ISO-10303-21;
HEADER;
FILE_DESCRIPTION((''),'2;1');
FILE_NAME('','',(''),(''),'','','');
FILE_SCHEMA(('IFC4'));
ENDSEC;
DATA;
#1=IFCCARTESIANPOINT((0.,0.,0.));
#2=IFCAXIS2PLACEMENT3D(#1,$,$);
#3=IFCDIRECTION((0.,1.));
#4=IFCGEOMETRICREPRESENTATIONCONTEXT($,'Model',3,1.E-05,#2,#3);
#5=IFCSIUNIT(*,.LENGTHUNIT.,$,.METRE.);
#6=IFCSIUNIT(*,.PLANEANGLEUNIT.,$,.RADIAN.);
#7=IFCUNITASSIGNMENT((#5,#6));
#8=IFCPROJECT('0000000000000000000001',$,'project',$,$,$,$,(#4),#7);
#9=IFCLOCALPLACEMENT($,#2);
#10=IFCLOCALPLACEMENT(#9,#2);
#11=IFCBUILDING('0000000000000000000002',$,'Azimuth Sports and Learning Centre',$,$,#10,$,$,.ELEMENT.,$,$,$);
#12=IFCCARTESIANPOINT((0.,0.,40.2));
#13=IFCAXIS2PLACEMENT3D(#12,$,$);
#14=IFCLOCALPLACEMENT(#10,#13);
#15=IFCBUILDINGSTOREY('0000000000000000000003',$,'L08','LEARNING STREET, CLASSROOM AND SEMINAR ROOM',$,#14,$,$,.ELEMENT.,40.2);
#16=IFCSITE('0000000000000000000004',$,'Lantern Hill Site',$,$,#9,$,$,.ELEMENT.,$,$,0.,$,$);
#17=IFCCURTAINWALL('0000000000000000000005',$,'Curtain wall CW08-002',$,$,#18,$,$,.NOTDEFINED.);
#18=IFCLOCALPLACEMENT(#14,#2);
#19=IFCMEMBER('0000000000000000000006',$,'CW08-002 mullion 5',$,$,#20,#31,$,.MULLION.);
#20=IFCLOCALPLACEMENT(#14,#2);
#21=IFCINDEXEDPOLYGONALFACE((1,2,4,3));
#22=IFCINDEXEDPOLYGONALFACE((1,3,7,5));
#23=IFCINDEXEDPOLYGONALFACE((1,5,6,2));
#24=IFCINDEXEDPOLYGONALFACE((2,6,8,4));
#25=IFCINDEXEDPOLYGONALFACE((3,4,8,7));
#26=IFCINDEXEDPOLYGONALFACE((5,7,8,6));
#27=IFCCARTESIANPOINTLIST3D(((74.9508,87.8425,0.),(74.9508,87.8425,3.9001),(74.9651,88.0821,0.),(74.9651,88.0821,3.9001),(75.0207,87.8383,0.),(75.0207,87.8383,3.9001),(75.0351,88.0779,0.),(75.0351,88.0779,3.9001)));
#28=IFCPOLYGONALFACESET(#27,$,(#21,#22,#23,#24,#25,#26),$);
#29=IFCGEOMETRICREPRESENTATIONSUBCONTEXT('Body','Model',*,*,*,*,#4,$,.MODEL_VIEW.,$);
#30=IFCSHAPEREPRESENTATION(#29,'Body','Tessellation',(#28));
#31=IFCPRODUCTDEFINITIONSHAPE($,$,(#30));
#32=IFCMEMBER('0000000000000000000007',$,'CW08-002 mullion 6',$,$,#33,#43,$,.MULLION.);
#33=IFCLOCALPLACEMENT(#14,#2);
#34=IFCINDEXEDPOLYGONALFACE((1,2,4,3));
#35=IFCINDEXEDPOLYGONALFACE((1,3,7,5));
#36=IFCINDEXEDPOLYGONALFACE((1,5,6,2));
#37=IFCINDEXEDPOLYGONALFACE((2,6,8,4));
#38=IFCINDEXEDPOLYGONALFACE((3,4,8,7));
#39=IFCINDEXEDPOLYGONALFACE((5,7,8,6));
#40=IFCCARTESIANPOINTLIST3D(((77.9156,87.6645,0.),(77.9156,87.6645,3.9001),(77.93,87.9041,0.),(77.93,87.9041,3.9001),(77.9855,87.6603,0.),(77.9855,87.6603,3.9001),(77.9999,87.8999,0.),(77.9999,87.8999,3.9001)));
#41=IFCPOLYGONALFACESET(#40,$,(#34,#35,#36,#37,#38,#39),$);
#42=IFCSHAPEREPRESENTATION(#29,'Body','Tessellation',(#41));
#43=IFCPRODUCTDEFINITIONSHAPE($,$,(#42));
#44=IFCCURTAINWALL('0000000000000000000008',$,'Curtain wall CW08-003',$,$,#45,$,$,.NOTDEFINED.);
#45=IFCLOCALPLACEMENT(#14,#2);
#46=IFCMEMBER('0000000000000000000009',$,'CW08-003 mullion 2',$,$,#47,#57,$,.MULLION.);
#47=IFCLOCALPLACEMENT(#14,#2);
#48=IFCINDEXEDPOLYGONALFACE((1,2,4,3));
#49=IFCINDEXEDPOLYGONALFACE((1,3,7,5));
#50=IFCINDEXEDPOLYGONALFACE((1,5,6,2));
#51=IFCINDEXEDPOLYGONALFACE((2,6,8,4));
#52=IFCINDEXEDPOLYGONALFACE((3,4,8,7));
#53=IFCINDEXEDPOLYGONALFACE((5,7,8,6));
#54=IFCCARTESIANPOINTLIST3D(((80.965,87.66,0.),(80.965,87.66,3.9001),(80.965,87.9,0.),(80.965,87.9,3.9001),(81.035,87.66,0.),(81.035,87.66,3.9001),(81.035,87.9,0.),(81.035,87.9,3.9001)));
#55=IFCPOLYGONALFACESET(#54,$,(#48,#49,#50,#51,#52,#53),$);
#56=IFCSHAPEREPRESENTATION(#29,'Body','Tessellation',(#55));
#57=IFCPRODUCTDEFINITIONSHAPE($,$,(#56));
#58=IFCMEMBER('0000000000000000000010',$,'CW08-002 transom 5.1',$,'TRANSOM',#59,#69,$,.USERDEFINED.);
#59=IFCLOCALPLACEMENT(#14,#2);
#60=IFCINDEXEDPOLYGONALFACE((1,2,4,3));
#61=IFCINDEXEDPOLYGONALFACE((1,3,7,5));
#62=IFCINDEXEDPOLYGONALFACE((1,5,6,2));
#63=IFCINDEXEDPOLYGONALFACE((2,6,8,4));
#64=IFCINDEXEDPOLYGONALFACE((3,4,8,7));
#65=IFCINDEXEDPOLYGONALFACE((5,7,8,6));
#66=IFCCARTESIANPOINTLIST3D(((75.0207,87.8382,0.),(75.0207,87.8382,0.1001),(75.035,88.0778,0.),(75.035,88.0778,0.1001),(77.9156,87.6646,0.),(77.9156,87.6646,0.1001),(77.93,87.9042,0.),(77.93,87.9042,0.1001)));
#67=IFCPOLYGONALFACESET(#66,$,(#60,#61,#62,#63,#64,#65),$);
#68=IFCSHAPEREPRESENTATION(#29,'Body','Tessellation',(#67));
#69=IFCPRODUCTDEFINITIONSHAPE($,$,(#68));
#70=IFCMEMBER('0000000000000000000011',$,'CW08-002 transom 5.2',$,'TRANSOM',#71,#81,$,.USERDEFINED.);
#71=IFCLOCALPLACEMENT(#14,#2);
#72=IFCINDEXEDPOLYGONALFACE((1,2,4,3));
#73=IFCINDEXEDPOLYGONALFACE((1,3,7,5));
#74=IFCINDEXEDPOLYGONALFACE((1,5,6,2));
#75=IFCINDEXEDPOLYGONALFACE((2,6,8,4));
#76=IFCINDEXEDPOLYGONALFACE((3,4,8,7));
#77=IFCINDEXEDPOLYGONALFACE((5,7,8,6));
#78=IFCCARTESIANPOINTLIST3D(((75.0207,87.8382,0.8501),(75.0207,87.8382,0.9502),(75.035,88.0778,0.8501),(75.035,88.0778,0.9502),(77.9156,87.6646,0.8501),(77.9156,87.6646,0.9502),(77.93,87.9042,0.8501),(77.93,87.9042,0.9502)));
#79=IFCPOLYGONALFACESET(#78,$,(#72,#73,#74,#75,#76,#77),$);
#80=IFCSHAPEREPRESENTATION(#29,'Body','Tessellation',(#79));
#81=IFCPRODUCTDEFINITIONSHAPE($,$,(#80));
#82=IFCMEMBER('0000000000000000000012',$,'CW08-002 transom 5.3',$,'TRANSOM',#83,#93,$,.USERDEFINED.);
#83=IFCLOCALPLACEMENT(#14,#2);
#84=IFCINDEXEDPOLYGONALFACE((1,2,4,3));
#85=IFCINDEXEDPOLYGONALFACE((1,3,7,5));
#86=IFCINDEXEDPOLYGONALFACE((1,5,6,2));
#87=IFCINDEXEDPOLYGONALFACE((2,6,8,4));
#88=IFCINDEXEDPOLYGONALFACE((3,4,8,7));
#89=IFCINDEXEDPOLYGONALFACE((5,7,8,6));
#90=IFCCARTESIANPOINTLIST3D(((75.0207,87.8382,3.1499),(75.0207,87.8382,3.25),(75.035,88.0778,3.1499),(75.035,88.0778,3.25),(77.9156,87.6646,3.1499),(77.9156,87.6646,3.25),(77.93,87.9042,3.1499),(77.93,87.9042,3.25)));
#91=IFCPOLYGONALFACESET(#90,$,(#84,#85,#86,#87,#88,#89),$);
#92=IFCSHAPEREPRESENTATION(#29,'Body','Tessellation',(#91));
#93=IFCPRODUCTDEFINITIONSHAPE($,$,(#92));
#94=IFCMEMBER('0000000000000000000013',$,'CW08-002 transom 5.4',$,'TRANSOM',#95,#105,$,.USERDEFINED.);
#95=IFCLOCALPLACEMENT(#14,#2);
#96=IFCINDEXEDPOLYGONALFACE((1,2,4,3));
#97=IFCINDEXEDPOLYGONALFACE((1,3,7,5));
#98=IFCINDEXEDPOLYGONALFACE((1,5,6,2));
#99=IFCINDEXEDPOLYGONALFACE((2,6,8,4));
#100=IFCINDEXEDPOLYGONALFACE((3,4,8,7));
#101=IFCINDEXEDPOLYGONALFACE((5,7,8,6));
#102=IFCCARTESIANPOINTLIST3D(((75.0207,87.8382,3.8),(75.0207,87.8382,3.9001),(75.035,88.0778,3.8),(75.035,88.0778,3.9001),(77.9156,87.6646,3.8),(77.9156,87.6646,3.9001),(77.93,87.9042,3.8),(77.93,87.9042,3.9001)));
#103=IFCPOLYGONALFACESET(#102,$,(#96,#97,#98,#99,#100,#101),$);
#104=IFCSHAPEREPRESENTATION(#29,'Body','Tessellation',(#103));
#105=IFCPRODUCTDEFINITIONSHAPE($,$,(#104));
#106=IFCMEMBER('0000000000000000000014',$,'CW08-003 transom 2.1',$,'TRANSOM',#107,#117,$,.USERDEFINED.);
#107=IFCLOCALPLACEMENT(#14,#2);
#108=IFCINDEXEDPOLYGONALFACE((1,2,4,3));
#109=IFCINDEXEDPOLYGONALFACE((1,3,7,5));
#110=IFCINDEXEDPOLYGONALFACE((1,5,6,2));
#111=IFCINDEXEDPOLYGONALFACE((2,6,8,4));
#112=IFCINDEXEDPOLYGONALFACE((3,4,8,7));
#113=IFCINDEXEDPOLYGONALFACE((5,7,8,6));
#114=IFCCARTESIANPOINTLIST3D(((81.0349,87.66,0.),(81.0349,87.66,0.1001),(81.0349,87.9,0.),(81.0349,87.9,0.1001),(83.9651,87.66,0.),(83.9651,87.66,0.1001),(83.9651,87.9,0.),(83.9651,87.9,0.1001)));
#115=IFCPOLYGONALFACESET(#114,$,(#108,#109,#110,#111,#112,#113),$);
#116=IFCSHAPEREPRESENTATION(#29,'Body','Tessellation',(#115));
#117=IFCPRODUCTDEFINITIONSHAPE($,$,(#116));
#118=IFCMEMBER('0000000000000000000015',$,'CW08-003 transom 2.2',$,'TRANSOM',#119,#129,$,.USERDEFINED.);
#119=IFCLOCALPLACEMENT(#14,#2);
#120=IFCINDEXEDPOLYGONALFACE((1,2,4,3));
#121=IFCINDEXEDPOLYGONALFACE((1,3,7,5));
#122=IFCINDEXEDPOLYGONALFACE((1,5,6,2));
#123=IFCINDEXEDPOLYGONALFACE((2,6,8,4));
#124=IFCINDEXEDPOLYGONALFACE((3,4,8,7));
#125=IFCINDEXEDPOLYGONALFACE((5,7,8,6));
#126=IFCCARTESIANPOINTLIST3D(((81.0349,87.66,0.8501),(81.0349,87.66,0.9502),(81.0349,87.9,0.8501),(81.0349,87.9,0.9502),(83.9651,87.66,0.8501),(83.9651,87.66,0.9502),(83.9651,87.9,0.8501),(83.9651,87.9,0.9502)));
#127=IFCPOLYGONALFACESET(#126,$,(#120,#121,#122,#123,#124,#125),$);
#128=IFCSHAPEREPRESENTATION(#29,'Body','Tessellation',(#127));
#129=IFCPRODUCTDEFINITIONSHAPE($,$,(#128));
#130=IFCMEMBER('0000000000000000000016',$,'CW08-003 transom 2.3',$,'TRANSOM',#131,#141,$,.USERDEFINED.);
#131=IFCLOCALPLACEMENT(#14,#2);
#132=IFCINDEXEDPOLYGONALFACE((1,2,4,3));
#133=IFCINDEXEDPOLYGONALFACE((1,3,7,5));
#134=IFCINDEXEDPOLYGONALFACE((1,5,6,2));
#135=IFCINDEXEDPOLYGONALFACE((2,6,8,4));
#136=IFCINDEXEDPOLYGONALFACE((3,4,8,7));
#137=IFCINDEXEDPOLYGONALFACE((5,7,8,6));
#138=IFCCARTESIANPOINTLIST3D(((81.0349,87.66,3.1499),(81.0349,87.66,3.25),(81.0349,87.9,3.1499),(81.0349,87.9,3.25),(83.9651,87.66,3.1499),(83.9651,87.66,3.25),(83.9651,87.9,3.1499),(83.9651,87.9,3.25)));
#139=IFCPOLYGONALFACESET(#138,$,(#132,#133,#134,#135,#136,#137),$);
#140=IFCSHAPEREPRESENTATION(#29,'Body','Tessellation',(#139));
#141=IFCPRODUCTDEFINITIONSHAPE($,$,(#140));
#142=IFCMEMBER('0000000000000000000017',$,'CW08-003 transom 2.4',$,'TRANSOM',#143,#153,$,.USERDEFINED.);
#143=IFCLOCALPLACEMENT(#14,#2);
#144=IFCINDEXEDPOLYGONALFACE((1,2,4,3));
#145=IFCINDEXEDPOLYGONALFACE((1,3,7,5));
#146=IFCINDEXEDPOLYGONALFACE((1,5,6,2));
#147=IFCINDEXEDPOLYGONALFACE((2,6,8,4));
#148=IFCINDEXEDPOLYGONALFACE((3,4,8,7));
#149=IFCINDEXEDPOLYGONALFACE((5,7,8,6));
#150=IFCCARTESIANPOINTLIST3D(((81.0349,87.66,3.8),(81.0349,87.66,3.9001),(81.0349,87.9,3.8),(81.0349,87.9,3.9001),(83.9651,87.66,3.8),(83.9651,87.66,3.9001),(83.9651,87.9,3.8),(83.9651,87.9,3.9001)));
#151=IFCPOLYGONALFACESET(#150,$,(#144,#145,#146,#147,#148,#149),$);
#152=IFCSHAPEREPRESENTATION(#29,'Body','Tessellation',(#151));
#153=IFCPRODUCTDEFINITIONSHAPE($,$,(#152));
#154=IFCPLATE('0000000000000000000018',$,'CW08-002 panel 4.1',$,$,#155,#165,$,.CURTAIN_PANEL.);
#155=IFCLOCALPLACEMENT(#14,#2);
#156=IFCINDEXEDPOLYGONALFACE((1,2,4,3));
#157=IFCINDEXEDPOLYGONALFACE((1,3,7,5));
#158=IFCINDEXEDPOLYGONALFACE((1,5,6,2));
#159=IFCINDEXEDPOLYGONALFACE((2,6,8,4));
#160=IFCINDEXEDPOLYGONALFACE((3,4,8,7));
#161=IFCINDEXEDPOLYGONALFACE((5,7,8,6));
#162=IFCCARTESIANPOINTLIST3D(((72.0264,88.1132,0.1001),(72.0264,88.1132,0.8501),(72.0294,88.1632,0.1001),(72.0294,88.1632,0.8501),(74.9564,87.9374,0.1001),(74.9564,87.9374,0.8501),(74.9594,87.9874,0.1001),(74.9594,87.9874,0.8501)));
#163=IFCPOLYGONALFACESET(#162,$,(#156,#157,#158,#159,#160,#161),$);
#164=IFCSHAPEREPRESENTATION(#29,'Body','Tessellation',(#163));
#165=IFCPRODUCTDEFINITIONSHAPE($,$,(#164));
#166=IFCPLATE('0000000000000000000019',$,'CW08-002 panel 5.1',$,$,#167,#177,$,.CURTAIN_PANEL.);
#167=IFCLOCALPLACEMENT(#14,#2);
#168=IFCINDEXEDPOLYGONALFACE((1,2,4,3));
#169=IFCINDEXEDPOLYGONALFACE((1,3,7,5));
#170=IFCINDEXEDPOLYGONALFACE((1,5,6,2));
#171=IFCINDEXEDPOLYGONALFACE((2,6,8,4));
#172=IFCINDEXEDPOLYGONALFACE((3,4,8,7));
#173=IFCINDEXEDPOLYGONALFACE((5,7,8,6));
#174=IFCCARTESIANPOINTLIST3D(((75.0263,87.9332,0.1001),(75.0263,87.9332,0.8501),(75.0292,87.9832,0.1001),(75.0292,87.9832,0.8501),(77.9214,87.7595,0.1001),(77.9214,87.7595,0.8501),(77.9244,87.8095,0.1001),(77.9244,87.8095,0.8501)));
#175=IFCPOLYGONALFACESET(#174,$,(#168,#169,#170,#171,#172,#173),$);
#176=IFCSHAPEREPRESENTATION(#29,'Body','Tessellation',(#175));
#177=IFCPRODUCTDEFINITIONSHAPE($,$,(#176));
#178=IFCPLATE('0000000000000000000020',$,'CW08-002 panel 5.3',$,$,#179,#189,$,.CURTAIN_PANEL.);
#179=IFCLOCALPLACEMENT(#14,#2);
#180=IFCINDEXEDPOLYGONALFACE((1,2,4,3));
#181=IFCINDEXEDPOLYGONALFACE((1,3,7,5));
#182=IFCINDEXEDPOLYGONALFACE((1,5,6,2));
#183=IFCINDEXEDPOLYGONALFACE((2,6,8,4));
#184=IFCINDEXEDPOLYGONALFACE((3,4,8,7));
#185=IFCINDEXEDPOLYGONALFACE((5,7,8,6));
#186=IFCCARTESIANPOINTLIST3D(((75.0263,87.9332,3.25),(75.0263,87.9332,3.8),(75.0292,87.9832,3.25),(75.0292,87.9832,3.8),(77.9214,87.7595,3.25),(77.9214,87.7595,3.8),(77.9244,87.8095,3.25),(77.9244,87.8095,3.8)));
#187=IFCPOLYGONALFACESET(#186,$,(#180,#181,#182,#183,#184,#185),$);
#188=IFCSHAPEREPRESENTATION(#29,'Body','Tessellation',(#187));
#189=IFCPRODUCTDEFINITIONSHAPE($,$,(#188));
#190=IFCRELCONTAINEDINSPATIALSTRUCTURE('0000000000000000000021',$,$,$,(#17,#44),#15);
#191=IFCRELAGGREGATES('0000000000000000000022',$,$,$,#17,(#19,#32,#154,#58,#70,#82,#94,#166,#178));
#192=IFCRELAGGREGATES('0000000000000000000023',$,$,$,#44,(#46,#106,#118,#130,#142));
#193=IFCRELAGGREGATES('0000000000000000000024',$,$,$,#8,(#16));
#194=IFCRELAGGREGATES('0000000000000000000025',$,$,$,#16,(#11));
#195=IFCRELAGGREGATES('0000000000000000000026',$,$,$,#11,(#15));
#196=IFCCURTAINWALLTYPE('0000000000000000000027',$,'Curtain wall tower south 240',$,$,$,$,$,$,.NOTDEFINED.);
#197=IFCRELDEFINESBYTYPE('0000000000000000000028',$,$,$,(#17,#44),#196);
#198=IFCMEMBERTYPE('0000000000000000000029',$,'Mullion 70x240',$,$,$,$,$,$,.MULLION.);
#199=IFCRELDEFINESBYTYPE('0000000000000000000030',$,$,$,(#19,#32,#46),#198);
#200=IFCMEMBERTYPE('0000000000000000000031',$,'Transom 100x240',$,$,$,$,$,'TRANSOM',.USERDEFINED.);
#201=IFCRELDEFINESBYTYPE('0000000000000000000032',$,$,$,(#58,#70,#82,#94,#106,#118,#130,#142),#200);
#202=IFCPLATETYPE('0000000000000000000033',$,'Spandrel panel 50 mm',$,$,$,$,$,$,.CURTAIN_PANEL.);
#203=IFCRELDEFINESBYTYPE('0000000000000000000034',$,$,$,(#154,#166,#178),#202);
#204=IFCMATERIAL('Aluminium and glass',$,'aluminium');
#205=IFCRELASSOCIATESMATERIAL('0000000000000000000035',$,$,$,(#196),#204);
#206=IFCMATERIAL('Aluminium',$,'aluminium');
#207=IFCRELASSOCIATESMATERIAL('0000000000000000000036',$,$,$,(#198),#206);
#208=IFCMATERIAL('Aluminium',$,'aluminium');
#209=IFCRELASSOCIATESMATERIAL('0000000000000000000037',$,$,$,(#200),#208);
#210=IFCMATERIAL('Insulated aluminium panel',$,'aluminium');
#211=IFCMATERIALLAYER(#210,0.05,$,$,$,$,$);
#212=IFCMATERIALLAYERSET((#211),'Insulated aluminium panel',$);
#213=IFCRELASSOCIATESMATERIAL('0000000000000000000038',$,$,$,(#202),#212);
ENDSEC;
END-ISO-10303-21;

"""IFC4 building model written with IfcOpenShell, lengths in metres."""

from ifc_helpers import new_model, si_unit, direction, frame, origin, origin_2d, place, context, subcontext, project, spatial, rectangle, extrude, material, layer, layer_set, material_profile, profile_set, type_object, element, aggregate, save


model = new_model("IFC4")

# Units and contexts
model_context = context("Model", 3, precision=1e-05, world=origin(), true_north=direction((0.0, 1.0)))
body_context = subcontext(model_context, "Body", "Model", "MODEL_VIEW")
ifc_project = project(units=[si_unit("LENGTHUNIT", "METRE"), si_unit("PLANEANGLEUNIT", "RADIAN")], contexts=[model_context])

# Site, building, storey
site_placement = place(None, origin())
site = spatial("IfcSite", under=ifc_project, at=site_placement, Name="Lantern Hill Site", CompositionType="ELEMENT", RefElevation=0.0)
building_placement = place(site_placement, origin())
building = spatial("IfcBuilding", under=site, at=building_placement, Name="Azimuth Sports and Learning Centre", CompositionType="ELEMENT")
storey_placement = place(building_placement, frame((0.0, 0.0, 40.2)))
storey = spatial("IfcBuildingStorey", under=building, at=storey_placement, Name="L08", Description="LEARNING STREET, CLASSROOM AND SEMINAR ROOM", CompositionType="ELEMENT", Elevation=40.2)

# Curtain wall, members
ifc_material_1 = material(Name="Aluminium and glass", Category="aluminium")
curtain_wall_type = type_object("IfcCurtainWallType", Name="Curtain wall tower south 240", PredefinedType="NOTDEFINED", material=ifc_material_1)
curtain_wall_1_placement = place(storey_placement, origin())
curtain_wall_1 = element("IfcCurtainWall", 1, at=curtain_wall_1_placement, inside=storey, type_object=curtain_wall_type, Name="Curtain wall CW08-002", PredefinedType="NOTDEFINED")
ifc_material_2 = material(Name="Aluminium", Category="aluminium")
ifc_material_profile_1 = material_profile(ifc_material_2, rectangle(XDim=0.24, YDim=0.0701, at=origin_2d()), Name="Mullion 70x240")
ifc_profile_set_1 = profile_set([ifc_material_profile_1], Name="Aluminium")
member_type_1 = type_object("IfcMemberType", Name="Mullion 70x240", PredefinedType="MULLION", material=ifc_profile_set_1)
member_1_placement = place(storey_placement, frame((74.9929, 87.9602, 0.0), z_axis=(0.0, 0.0, 1.0), x_axis=(0.059892, 0.998205, 0.0)))
member_1 = element("IfcMember", 2, at=member_1_placement, type_object=member_type_1, Name="CW08-002 mullion 5", PredefinedType="MULLION", context=body_context, shape_type="SweptSolid", body=[
    extrude(rectangle(XDim=0.24, YDim=0.0701, at=origin_2d()), origin(), (0.0, 0.0, 1.0), 3.9001),
])
member_2_placement = place(storey_placement, frame((77.9578, 87.7822, 0.0), z_axis=(0.0, 0.0, 1.0), x_axis=(0.059892, 0.998205, 0.0)))
member_2 = element("IfcMember", 3, at=member_2_placement, type_object=member_type_1, Name="CW08-002 mullion 6", PredefinedType="MULLION", context=body_context, shape_type="SweptSolid", body=[
    extrude(rectangle(XDim=0.24, YDim=0.0701, at=origin_2d()), origin(), (0.0, 0.0, 1.0), 3.9001),
])

# Curtain wall, member
curtain_wall_2_placement = place(storey_placement, origin())
curtain_wall_2 = element("IfcCurtainWall", 4, at=curtain_wall_2_placement, inside=storey, type_object=curtain_wall_type, Name="Curtain wall CW08-003", PredefinedType="NOTDEFINED")
member_3_placement = place(storey_placement, frame((81.0, 87.78, 0.0), z_axis=(0.0, 0.0, 1.0), x_axis=(0.0, 1.0, 0.0)))
member_3 = element("IfcMember", 5, at=member_3_placement, type_object=member_type_1, Name="CW08-003 mullion 2", PredefinedType="MULLION", context=body_context, shape_type="SweptSolid", body=[
    extrude(rectangle(XDim=0.24, YDim=0.0701, at=origin_2d()), origin(), (0.0, 0.0, 1.0), 3.9001),
])

# Members
ifc_material_3 = material(Name="Aluminium", Category="aluminium")
ifc_material_profile_2 = material_profile(ifc_material_3, rectangle(XDim=0.24, YDim=0.1001, at=origin_2d()), Name="Transom 100x240")
ifc_profile_set_2 = profile_set([ifc_material_profile_2], Name="Aluminium")
member_type_2 = type_object("IfcMemberType", Name="Transom 100x240", ElementType="TRANSOM", PredefinedType="USERDEFINED", material=ifc_profile_set_2)
member_4_placement = place(storey_placement, frame((75.0278, 87.958, 0.05), z_axis=(0.998207, -0.059852, 0.0), x_axis=(0.059852, 0.998207, 0.0)))
member_4 = element("IfcMember", 6, at=member_4_placement, type_object=member_type_2, Name="CW08-002 transom 5.1", ObjectType="TRANSOM", PredefinedType="USERDEFINED", context=body_context, shape_type="SweptSolid", body=[
    extrude(rectangle(XDim=0.24, YDim=0.1001, at=origin_2d()), origin(), (0.0, 0.0, 1.0), 2.9001),
])
member_5_placement = place(storey_placement, frame((75.0278, 87.958, 0.9001), z_axis=(0.998207, -0.059852, 0.0), x_axis=(0.059852, 0.998207, 0.0)))
member_5 = element("IfcMember", 7, at=member_5_placement, type_object=member_type_2, Name="CW08-002 transom 5.2", ObjectType="TRANSOM", PredefinedType="USERDEFINED", context=body_context, shape_type="SweptSolid", body=[
    extrude(rectangle(XDim=0.24, YDim=0.1001, at=origin_2d()), origin(), (0.0, 0.0, 1.0), 2.9001),
])
member_6_placement = place(storey_placement, frame((75.0278, 87.958, 3.2), z_axis=(0.998207, -0.059852, 0.0), x_axis=(0.059852, 0.998207, 0.0)))
member_6 = element("IfcMember", 8, at=member_6_placement, type_object=member_type_2, Name="CW08-002 transom 5.3", ObjectType="TRANSOM", PredefinedType="USERDEFINED", context=body_context, shape_type="SweptSolid", body=[
    extrude(rectangle(XDim=0.24, YDim=0.1001, at=origin_2d()), origin(), (0.0, 0.0, 1.0), 2.9001),
])
member_7_placement = place(storey_placement, frame((75.0278, 87.958, 3.8501), z_axis=(0.998207, -0.059852, 0.0), x_axis=(0.059852, 0.998207, 0.0)))
member_7 = element("IfcMember", 9, at=member_7_placement, type_object=member_type_2, Name="CW08-002 transom 5.4", ObjectType="TRANSOM", PredefinedType="USERDEFINED", context=body_context, shape_type="SweptSolid", body=[
    extrude(rectangle(XDim=0.24, YDim=0.1001, at=origin_2d()), origin(), (0.0, 0.0, 1.0), 2.9001),
])
member_8_placement = place(storey_placement, frame((81.0349, 87.78, 0.05), z_axis=(1.0, 0.0, 0.0), x_axis=(0.0, 1.0, 0.0)))
member_8 = element("IfcMember", 10, at=member_8_placement, type_object=member_type_2, Name="CW08-003 transom 2.1", ObjectType="TRANSOM", PredefinedType="USERDEFINED", context=body_context, shape_type="SweptSolid", body=[
    extrude(rectangle(XDim=0.24, YDim=0.1001, at=origin_2d()), origin(), (0.0, 0.0, 1.0), 2.9302),
])
member_9_placement = place(storey_placement, frame((81.0349, 87.78, 0.9001), z_axis=(1.0, 0.0, 0.0), x_axis=(0.0, 1.0, 0.0)))
member_9 = element("IfcMember", 11, at=member_9_placement, type_object=member_type_2, Name="CW08-003 transom 2.2", ObjectType="TRANSOM", PredefinedType="USERDEFINED", context=body_context, shape_type="SweptSolid", body=[
    extrude(rectangle(XDim=0.24, YDim=0.1001, at=origin_2d()), origin(), (0.0, 0.0, 1.0), 2.9302),
])
member_10_placement = place(storey_placement, frame((81.0349, 87.78, 3.2), z_axis=(1.0, 0.0, 0.0), x_axis=(0.0, 1.0, 0.0)))
member_10 = element("IfcMember", 12, at=member_10_placement, type_object=member_type_2, Name="CW08-003 transom 2.3", ObjectType="TRANSOM", PredefinedType="USERDEFINED", context=body_context, shape_type="SweptSolid", body=[
    extrude(rectangle(XDim=0.24, YDim=0.1001, at=origin_2d()), origin(), (0.0, 0.0, 1.0), 2.9302),
])
member_11_placement = place(storey_placement, frame((81.0349, 87.78, 3.8501), z_axis=(1.0, 0.0, 0.0), x_axis=(0.0, 1.0, 0.0)))
member_11 = element("IfcMember", 13, at=member_11_placement, type_object=member_type_2, Name="CW08-003 transom 2.4", ObjectType="TRANSOM", PredefinedType="USERDEFINED", context=body_context, shape_type="SweptSolid", body=[
    extrude(rectangle(XDim=0.24, YDim=0.1001, at=origin_2d()), origin(), (0.0, 0.0, 1.0), 2.9302),
])

# Plates
ifc_material_4 = material(Name="Insulated aluminium panel", Category="aluminium")
ifc_layer_1 = layer(ifc_material_4, 0.05)
ifc_layer_set_1 = layer_set([ifc_layer_1], Name="Insulated aluminium panel")
plate_type_1 = type_object("IfcPlateType", Name="Spandrel panel 50 mm", PredefinedType="CURTAIN_PANEL", material=ifc_layer_set_1)
plate_1_placement = place(storey_placement, frame((73.4929, 88.0503, 0.1001), z_axis=(0.0, 0.0, 1.0), x_axis=(0.998205, -0.059892, 0.0)))
plate_1 = element("IfcPlate", 14, at=plate_1_placement, type_object=plate_type_1, Name="CW08-002 panel 4.1", PredefinedType="CURTAIN_PANEL", context=body_context, shape_type="SweptSolid", body=[
    extrude(rectangle(XDim=2.9353, YDim=0.05, at=origin_2d()), origin(), (0.0, 0.0, 1.0), 0.75),
])
plate_2_placement = place(storey_placement, frame((76.4753, 87.8713, 0.1001), z_axis=(0.0, 0.0, 1.0), x_axis=(0.998205, -0.059892, 0.0)))
plate_2 = element("IfcPlate", 15, at=plate_2_placement, type_object=plate_type_1, Name="CW08-002 panel 5.1", PredefinedType="CURTAIN_PANEL", context=body_context, shape_type="SweptSolid", body=[
    extrude(rectangle(XDim=2.9004, YDim=0.05, at=origin_2d()), origin(), (0.0, 0.0, 1.0), 0.75),
])
plate_3_placement = place(storey_placement, frame((76.4753, 87.8713, 3.25), z_axis=(0.0, 0.0, 1.0), x_axis=(0.998205, -0.059892, 0.0)))
plate_3 = element("IfcPlate", 16, at=plate_3_placement, type_object=plate_type_1, Name="CW08-002 panel 5.3", PredefinedType="CURTAIN_PANEL", context=body_context, shape_type="SweptSolid", body=[
    extrude(rectangle(XDim=2.9004, YDim=0.05, at=origin_2d()), origin(), (0.0, 0.0, 1.0), 0.55),
])
aggregate(curtain_wall_1, [member_1, member_2, plate_1, member_4, member_5, member_6, member_7, plate_2, plate_3])
aggregate(curtain_wall_2, [member_3, member_8, member_9, member_10, member_11])

save(model, "model.ifc")
